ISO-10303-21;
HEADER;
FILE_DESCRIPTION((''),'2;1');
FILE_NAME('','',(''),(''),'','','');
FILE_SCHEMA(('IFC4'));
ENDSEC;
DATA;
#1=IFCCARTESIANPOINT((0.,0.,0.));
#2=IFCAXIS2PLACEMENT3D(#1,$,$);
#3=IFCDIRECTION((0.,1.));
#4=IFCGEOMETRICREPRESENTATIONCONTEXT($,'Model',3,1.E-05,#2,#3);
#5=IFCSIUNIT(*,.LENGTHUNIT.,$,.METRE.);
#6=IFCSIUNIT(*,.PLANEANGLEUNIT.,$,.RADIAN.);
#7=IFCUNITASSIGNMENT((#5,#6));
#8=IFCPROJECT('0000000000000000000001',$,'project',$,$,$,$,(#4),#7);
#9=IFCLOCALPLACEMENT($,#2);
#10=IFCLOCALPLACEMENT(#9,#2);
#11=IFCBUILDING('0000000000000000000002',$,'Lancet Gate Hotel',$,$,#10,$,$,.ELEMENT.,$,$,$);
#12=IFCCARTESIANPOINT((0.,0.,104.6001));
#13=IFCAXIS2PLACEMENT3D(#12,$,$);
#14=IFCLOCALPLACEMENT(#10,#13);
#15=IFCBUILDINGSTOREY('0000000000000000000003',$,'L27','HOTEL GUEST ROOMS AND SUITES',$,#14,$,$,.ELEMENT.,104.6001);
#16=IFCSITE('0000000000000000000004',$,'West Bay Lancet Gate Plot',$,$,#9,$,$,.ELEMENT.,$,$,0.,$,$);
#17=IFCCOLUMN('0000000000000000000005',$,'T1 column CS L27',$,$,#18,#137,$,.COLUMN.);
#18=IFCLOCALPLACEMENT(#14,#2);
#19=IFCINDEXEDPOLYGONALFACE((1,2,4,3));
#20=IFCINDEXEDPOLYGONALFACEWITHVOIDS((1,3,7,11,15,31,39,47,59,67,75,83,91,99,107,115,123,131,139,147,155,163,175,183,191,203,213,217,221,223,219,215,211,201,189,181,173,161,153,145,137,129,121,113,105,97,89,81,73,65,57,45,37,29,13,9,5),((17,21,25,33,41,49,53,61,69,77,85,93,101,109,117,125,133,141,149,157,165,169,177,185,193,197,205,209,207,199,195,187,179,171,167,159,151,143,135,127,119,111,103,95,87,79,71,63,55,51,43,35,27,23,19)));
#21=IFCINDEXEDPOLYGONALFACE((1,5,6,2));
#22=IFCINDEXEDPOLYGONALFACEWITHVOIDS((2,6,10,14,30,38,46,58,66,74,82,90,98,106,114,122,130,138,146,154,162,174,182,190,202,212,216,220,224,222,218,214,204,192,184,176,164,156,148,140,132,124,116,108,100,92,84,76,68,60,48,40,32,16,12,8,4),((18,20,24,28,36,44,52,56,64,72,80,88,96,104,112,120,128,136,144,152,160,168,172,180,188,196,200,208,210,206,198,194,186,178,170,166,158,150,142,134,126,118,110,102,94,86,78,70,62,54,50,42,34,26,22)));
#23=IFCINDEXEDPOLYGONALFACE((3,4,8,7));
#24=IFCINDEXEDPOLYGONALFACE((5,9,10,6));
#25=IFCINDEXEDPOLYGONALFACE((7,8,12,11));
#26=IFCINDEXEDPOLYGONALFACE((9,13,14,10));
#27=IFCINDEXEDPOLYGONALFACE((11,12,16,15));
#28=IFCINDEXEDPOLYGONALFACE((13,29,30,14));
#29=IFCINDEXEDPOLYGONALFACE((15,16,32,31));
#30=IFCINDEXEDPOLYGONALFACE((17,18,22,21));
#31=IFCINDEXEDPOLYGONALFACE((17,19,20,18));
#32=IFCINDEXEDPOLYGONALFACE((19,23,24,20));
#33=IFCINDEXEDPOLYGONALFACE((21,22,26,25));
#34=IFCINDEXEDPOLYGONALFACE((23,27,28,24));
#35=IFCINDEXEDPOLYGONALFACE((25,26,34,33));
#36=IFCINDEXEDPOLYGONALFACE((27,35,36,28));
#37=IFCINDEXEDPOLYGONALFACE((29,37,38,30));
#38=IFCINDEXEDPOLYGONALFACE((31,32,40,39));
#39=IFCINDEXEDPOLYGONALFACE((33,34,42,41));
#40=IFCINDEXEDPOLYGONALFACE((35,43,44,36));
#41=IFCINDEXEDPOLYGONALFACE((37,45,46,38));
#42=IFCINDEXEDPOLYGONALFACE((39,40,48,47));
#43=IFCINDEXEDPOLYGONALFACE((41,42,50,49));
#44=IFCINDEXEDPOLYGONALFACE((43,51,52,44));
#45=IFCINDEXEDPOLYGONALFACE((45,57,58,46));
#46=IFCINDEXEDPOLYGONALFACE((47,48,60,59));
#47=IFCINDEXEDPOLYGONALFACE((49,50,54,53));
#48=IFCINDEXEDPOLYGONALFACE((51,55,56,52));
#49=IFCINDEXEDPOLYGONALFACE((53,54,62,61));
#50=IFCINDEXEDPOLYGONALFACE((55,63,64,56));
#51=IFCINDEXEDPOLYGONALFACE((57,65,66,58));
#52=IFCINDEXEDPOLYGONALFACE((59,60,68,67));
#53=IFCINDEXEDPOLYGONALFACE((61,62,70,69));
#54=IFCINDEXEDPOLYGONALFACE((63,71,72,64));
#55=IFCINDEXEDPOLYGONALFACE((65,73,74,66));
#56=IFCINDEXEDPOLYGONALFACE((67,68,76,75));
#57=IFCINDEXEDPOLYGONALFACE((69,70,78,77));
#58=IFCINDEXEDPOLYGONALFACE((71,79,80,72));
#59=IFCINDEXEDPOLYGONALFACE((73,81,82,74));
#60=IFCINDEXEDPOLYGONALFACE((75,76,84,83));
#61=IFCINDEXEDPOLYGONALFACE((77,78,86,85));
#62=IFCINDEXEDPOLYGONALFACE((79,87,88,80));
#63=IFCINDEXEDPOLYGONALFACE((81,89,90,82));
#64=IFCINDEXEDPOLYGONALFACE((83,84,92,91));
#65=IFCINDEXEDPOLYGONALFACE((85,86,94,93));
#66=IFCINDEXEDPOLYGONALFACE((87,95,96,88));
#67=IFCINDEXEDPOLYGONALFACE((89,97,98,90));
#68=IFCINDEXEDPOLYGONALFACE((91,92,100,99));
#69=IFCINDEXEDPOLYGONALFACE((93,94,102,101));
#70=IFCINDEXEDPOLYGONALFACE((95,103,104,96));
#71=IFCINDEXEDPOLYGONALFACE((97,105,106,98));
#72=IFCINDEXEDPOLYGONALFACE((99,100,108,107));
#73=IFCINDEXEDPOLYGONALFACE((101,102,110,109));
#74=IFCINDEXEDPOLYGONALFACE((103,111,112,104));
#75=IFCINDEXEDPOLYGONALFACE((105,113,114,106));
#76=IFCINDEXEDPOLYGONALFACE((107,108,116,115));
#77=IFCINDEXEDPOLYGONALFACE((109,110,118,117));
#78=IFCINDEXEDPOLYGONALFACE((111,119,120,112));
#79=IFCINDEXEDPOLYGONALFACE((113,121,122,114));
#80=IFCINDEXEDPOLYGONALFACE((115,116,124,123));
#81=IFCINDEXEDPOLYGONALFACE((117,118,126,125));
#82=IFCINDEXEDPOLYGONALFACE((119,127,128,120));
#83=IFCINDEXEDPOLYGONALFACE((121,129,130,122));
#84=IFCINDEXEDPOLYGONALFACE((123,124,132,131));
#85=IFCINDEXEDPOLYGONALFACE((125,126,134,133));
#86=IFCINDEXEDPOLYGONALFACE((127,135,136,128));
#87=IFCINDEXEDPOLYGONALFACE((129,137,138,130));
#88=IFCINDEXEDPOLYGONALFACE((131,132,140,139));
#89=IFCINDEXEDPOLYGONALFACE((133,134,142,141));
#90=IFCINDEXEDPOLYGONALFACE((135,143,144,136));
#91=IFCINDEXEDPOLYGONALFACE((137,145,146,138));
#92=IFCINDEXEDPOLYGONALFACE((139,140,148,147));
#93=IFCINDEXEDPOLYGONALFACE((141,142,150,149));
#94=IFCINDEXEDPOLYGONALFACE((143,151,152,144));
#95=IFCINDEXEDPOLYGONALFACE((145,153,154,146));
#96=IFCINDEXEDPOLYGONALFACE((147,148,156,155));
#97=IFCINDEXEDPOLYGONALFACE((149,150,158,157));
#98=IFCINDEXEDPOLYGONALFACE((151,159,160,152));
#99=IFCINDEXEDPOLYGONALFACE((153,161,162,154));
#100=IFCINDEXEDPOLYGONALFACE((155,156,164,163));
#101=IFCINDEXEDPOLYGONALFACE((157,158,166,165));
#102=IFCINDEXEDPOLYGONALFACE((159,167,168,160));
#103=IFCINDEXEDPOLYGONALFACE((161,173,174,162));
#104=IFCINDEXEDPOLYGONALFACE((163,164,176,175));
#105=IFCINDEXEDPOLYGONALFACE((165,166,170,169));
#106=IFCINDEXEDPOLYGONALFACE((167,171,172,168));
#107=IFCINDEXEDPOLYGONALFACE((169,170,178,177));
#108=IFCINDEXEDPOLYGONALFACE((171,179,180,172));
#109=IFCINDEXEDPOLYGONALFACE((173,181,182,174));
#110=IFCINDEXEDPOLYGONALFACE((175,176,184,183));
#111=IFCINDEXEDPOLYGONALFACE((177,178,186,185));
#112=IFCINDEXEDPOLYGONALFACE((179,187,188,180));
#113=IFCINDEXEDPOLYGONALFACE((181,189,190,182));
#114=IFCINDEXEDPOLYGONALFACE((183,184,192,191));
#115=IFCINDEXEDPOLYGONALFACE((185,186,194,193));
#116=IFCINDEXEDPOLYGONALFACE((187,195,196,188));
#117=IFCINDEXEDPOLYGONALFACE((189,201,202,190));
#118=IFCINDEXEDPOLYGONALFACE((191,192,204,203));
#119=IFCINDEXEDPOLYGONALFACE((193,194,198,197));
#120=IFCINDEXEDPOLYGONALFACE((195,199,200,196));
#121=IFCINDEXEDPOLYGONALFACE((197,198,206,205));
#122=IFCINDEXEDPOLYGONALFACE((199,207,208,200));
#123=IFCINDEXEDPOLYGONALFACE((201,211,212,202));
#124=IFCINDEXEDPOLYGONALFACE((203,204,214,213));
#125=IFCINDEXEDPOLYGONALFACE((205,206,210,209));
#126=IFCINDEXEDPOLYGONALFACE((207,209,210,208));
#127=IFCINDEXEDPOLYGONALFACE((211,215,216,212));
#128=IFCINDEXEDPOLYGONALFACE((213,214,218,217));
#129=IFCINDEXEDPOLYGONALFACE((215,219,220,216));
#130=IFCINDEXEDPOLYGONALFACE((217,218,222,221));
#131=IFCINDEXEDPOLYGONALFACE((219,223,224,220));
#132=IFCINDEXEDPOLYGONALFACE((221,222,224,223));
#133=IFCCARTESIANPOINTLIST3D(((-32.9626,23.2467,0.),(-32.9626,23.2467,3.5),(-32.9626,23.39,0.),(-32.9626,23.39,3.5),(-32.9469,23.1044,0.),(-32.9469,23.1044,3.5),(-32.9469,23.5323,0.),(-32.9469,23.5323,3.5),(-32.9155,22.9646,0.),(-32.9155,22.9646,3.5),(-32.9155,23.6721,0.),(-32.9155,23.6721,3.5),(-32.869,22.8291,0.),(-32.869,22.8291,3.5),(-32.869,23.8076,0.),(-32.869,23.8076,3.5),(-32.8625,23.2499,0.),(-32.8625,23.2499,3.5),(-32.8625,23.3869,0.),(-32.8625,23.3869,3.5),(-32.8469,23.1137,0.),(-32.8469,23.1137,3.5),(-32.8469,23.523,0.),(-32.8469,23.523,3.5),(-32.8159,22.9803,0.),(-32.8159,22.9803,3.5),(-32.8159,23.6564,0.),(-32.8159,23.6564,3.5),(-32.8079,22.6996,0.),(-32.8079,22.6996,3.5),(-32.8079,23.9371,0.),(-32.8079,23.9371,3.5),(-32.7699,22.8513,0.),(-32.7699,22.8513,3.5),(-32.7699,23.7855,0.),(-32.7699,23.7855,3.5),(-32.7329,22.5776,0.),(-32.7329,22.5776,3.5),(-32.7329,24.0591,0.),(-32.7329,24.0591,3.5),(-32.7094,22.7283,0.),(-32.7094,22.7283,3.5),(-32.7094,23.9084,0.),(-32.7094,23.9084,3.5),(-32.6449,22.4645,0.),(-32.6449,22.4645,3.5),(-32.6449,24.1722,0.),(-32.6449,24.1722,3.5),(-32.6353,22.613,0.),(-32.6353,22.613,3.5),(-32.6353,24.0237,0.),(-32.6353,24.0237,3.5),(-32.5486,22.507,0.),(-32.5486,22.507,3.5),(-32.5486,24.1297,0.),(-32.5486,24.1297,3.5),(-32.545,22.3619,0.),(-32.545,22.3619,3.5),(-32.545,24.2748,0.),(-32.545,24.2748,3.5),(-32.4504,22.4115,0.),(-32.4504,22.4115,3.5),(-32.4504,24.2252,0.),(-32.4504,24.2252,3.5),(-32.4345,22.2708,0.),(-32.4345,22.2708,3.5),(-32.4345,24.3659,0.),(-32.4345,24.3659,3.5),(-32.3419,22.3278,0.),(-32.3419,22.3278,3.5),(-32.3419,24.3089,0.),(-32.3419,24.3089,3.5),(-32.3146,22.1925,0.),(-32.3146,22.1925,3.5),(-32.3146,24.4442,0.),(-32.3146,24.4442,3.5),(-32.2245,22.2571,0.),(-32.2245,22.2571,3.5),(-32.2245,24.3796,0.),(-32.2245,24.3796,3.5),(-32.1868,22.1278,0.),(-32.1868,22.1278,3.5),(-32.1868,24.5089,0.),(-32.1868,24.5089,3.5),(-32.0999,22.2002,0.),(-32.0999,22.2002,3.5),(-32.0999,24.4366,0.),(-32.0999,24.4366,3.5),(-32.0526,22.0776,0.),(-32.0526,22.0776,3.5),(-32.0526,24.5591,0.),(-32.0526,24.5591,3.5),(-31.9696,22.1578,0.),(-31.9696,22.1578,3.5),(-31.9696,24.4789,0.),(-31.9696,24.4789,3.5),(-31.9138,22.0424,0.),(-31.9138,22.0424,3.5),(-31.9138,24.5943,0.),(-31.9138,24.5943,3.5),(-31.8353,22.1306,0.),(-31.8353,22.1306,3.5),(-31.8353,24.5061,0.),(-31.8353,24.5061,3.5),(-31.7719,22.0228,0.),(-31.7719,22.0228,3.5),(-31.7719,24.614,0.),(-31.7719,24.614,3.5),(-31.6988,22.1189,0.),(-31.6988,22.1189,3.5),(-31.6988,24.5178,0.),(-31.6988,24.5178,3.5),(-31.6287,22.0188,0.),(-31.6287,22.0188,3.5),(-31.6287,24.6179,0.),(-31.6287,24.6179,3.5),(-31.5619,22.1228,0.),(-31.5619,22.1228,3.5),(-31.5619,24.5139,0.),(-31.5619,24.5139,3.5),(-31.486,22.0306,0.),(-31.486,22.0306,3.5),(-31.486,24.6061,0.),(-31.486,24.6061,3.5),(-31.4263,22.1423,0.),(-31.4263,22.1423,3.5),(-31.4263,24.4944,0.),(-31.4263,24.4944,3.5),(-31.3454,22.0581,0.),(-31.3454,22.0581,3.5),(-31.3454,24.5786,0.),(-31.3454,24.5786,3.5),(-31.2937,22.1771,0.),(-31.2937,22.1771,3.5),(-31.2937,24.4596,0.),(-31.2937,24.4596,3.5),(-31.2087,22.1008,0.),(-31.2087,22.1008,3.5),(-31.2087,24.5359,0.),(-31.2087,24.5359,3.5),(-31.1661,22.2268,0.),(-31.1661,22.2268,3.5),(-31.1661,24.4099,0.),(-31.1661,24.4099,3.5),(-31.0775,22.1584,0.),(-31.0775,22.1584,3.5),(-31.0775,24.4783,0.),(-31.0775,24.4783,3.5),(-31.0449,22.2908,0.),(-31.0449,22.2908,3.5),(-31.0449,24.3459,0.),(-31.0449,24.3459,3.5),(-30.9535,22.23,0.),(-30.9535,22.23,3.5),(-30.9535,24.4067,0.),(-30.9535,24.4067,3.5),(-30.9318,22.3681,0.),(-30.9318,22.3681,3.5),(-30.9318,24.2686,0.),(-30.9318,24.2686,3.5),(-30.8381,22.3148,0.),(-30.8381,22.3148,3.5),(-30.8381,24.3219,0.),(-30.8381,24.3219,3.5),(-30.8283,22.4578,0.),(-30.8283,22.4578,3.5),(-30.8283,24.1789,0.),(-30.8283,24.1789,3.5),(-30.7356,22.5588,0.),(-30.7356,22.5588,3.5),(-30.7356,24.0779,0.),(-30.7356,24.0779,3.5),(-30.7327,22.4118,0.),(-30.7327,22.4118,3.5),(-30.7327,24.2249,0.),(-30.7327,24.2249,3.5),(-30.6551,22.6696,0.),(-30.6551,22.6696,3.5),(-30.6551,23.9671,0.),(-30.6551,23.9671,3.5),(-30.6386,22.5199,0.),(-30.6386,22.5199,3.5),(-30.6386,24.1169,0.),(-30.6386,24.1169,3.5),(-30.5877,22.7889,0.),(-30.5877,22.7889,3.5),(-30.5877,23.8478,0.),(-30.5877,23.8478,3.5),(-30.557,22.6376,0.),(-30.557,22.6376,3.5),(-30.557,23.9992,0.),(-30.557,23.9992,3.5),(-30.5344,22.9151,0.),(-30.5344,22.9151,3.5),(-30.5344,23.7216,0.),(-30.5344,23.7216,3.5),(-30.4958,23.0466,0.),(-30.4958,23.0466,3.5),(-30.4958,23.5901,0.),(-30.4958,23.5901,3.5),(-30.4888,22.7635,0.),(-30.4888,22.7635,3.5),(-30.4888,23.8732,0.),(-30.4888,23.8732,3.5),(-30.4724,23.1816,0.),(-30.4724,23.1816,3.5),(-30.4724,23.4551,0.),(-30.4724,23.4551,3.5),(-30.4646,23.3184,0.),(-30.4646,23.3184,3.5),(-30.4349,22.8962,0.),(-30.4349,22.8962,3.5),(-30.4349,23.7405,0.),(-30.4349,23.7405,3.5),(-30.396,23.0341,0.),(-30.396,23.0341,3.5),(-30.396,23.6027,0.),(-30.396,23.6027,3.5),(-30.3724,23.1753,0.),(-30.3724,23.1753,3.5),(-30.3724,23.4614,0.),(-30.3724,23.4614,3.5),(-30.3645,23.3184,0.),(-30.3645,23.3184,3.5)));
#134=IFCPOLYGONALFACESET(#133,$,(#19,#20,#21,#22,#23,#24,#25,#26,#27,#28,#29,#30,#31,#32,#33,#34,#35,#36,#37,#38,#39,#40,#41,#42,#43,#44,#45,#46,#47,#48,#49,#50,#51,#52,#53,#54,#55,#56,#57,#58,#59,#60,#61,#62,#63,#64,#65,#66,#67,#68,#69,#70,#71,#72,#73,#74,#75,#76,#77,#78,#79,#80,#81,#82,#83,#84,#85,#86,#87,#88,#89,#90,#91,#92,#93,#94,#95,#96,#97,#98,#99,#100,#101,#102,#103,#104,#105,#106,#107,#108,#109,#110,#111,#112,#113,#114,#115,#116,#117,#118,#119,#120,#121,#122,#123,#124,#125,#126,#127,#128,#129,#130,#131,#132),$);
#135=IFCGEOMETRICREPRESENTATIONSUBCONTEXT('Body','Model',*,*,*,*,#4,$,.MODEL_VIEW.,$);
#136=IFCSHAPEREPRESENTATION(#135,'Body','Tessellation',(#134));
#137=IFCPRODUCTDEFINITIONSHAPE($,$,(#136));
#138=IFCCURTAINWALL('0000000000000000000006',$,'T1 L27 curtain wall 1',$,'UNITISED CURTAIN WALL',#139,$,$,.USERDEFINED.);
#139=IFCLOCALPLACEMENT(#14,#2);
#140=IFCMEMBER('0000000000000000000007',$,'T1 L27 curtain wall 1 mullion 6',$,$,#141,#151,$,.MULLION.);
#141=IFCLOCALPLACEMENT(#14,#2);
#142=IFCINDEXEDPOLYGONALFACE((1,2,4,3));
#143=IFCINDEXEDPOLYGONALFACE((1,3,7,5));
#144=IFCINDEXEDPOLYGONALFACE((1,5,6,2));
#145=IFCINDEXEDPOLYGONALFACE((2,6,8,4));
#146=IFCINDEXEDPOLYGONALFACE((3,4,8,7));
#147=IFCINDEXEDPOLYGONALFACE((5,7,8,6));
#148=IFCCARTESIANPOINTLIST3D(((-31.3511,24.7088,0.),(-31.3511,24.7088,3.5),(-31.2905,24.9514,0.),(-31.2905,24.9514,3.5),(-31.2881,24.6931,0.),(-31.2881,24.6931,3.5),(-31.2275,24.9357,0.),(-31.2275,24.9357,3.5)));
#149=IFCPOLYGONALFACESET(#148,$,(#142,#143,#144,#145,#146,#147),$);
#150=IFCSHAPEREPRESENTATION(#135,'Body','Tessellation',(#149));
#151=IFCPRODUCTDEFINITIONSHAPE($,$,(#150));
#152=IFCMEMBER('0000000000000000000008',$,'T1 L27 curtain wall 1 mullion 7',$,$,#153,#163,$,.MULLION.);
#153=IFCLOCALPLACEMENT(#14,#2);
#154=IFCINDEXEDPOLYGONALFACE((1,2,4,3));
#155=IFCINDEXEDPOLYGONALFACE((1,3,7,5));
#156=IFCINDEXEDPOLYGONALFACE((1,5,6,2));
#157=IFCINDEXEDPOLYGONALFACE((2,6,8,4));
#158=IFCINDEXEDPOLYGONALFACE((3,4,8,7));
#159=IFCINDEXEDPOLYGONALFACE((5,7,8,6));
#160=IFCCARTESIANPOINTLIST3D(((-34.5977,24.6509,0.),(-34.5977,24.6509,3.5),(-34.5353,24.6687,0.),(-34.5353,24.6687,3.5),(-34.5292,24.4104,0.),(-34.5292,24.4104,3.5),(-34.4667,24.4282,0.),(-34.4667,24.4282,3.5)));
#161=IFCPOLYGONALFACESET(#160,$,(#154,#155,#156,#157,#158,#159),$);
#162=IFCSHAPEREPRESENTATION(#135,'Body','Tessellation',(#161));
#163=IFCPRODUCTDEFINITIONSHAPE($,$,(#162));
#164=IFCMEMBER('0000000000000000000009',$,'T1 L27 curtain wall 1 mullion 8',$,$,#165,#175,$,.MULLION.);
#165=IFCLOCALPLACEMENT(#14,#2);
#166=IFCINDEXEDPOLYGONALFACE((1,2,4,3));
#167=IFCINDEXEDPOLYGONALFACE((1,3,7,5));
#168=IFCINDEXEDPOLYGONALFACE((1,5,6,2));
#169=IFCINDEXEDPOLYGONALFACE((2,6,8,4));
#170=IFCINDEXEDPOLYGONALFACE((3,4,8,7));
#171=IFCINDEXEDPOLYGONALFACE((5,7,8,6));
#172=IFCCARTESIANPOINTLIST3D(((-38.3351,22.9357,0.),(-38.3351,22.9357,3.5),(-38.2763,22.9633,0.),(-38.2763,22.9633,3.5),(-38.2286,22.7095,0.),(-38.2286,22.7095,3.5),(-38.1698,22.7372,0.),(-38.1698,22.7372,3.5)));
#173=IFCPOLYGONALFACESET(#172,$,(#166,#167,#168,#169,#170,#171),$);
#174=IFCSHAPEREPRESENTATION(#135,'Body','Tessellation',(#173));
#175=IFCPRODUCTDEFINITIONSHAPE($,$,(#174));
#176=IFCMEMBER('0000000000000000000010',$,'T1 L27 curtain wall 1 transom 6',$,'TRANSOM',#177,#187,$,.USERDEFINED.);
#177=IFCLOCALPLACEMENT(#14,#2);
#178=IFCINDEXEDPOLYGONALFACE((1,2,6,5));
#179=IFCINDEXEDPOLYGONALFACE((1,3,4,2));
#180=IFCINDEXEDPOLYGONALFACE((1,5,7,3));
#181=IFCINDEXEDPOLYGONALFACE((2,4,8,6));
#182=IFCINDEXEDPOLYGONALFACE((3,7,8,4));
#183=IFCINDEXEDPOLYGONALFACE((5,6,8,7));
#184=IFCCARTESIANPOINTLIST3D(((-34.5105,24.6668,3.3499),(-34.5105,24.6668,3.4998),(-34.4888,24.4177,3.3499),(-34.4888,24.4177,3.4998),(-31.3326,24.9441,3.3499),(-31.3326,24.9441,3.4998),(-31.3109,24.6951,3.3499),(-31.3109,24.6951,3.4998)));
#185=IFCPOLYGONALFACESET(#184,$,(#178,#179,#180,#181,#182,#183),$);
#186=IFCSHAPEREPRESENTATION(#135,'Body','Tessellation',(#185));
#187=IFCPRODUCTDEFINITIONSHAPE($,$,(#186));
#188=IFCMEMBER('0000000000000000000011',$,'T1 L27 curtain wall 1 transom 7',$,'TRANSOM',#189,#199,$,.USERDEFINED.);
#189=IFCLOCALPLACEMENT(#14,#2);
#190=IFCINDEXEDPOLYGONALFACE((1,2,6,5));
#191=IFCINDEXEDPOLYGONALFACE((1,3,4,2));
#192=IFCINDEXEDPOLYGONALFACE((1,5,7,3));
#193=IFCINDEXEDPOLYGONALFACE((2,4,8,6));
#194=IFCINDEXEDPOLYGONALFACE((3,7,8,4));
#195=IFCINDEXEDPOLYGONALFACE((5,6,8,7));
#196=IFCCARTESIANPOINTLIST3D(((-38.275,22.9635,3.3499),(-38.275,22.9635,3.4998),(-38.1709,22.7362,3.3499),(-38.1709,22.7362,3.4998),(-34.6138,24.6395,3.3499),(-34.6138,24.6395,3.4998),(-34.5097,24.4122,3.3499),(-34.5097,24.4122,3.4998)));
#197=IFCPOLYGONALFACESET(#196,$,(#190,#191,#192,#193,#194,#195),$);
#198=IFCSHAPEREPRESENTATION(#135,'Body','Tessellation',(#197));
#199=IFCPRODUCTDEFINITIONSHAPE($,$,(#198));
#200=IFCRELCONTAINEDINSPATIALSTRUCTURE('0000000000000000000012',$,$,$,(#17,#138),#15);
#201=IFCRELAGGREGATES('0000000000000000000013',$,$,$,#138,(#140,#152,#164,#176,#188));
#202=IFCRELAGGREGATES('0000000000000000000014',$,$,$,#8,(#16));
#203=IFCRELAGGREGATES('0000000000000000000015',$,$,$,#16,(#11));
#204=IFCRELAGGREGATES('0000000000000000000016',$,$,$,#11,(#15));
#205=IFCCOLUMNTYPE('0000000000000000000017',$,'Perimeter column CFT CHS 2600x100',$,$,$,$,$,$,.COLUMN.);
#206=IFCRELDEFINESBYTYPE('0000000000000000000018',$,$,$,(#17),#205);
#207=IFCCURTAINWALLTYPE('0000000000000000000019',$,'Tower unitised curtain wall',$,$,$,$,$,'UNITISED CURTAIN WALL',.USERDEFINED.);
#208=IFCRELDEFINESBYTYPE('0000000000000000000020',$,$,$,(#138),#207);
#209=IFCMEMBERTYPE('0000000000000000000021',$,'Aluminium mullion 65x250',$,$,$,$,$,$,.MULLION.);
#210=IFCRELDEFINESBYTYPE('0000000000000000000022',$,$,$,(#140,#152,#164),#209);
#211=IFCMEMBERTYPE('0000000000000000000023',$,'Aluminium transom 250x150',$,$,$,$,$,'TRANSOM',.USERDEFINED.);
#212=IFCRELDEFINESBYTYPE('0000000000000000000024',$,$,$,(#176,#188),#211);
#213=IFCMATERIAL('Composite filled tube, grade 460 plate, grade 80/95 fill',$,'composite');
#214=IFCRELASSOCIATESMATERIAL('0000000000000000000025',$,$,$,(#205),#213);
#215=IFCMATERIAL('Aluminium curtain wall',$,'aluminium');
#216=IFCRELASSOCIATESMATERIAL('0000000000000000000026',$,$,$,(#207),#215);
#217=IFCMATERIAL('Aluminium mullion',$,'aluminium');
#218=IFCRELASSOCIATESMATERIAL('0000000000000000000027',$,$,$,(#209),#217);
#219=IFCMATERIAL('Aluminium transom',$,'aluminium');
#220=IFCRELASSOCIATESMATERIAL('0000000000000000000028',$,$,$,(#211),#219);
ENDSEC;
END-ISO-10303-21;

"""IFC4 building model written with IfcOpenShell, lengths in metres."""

from ifc_helpers import new_model, si_unit, direction, frame, origin, origin_2d, place, context, subcontext, project, spatial, rectangle, hollow_circle, extrude, material, material_profile, profile_set, type_object, element, aggregate, save


model = new_model("IFC4")

# Units and contexts
model_context = context("Model", 3, precision=1e-05, world=origin(), true_north=direction((0.0, 1.0)))
body_context = subcontext(model_context, "Body", "Model", "MODEL_VIEW")
ifc_project = project(units=[si_unit("LENGTHUNIT", "METRE"), si_unit("PLANEANGLEUNIT", "RADIAN")], contexts=[model_context])

# Site, building, storey
site_placement = place(None, origin())
site = spatial("IfcSite", under=ifc_project, at=site_placement, Name="West Bay Lancet Gate Plot", CompositionType="ELEMENT", RefElevation=0.0)
building_placement = place(site_placement, origin())
building = spatial("IfcBuilding", under=site, at=building_placement, Name="Lancet Gate Hotel", CompositionType="ELEMENT")
storey_placement = place(building_placement, frame((0.0, 0.0, 104.6001)))
storey = spatial("IfcBuildingStorey", under=building, at=storey_placement, Name="L27", Description="HOTEL GUEST ROOMS AND SUITES", CompositionType="ELEMENT", Elevation=104.6001)

# Column
ifc_material_1 = material(Name="Composite filled tube, grade 460 plate, grade 80/95 fill", Category="composite")
ifc_material_profile_1 = material_profile(ifc_material_1, hollow_circle(Radius=1.3, WallThickness=0.1001, at=origin_2d()), Name="CHS 2600x100")
ifc_profile_set_1 = profile_set([ifc_material_profile_1], Name="Composite filled tube, grade 460 plate, grade 80/95 fill")
column_type = type_object("IfcColumnType", Name="Perimeter column CFT CHS 2600x100", PredefinedType="COLUMN", material=ifc_profile_set_1)
column_placement = place(storey_placement, frame((-31.6646, 23.3184, 0.0), z_axis=(0.0, 0.0, 1.0), x_axis=(1.0, 0.0, 0.0)))
element("IfcColumn", 1, at=column_placement, inside=storey, type_object=column_type, Name="T1 column CS L27", PredefinedType="COLUMN", context=body_context, shape_type="SweptSolid", body=[
    extrude(hollow_circle(Radius=1.3, WallThickness=0.1001, at=origin_2d()), origin(), (0.0, 0.0, 1.0), 3.5),
])

# Curtain wall, members
ifc_material_2 = material(Name="Aluminium curtain wall", Category="aluminium")
curtain_wall_type = type_object("IfcCurtainWallType", Name="Tower unitised curtain wall", ElementType="UNITISED CURTAIN WALL", PredefinedType="USERDEFINED", material=ifc_material_2)
curtain_wall_placement = place(storey_placement, origin())
curtain_wall = element("IfcCurtainWall", 2, at=curtain_wall_placement, inside=storey, type_object=curtain_wall_type, Name="T1 L27 curtain wall 1", ObjectType="UNITISED CURTAIN WALL", PredefinedType="USERDEFINED")
ifc_material_3 = material(Name="Aluminium mullion", Category="aluminium")
ifc_material_profile_2 = material_profile(ifc_material_3, rectangle(XDim=0.0649, YDim=0.25, at=origin_2d()), Name="MULLION 65x250")
ifc_profile_set_2 = profile_set([ifc_material_profile_2], Name="Aluminium mullion")
member_type_1 = type_object("IfcMemberType", Name="Aluminium mullion 65x250", PredefinedType="MULLION", material=ifc_profile_set_2)
member_1_placement = place(storey_placement, frame((-31.2893, 24.8223, 0.0), z_axis=(0.0, 0.0, 1.0), x_axis=(-0.970242, 0.242137, 0.0)))
member_1 = element("IfcMember", 3, at=member_1_placement, type_object=member_type_1, Name="T1 L27 curtain wall 1 mullion 6", PredefinedType="MULLION", context=body_context, shape_type="SweptSolid", body=[
    extrude(rectangle(XDim=0.0649, YDim=0.25, at=origin_2d()), origin(), (0.0, 0.0, 1.0), 3.5),
])
member_2_placement = place(storey_placement, frame((-34.5322, 24.5396, 0.0), z_axis=(0.0, 0.0, 1.0), x_axis=(-0.961653, -0.274268, 0.0)))
member_2 = element("IfcMember", 4, at=member_2_placement, type_object=member_type_1, Name="T1 L27 curtain wall 1 mullion 7", PredefinedType="MULLION", context=body_context, shape_type="SweptSolid", body=[
    extrude(rectangle(XDim=0.0649, YDim=0.25, at=origin_2d()), origin(), (0.0, 0.0, 1.0), 3.5),
])
member_3_placement = place(storey_placement, frame((-38.2524, 22.8364, 0.0), z_axis=(0.0, 0.0, 1.0), x_axis=(-0.90472, -0.426008, 0.0)))
member_3 = element("IfcMember", 5, at=member_3_placement, type_object=member_type_1, Name="T1 L27 curtain wall 1 mullion 8", PredefinedType="MULLION", context=body_context, shape_type="SweptSolid", body=[
    extrude(rectangle(XDim=0.0649, YDim=0.25, at=origin_2d()), origin(), (0.0, 0.0, 1.0), 3.5),
])
ifc_material_4 = material(Name="Aluminium transom", Category="aluminium")
ifc_material_profile_3 = material_profile(ifc_material_4, rectangle(XDim=0.25, YDim=0.1499, at=origin_2d()), Name="TRANSOM 250x150")
ifc_profile_set_3 = profile_set([ifc_material_profile_3], Name="Aluminium transom")
member_type_2 = type_object("IfcMemberType", Name="Aluminium transom 250x150", ElementType="TRANSOM", PredefinedType="USERDEFINED", material=ifc_profile_set_3)
member_4_placement = place(storey_placement, frame((-31.3218, 24.8196, 3.4248), z_axis=(-0.996214, -0.08694, 0.0), x_axis=(0.08694, -0.996214, 0.0)))
member_4 = element("IfcMember", 6, at=member_4_placement, type_object=member_type_2, Name="T1 L27 curtain wall 1 transom 6", ObjectType="TRANSOM", PredefinedType="USERDEFINED", context=body_context, shape_type="SweptSolid", body=[
    extrude(rectangle(XDim=0.25, YDim=0.1499, at=origin_2d()), origin(), (0.0, 0.0, 1.0), 3.1899),
])
member_5_placement = place(storey_placement, frame((-34.5618, 24.5259, 3.4248), z_axis=(-0.909252, -0.416245, 0.0), x_axis=(0.416245, -0.909252, 0.0)))
member_5 = element("IfcMember", 7, at=member_5_placement, type_object=member_type_2, Name="T1 L27 curtain wall 1 transom 7", ObjectType="TRANSOM", PredefinedType="USERDEFINED", context=body_context, shape_type="SweptSolid", body=[
    extrude(rectangle(XDim=0.25, YDim=0.1499, at=origin_2d()), origin(), (0.0, 0.0, 1.0), 4.0266),
])

aggregate(curtain_wall, [member_1, member_2, member_3, member_4, member_5])

save(model, "model.ifc")
